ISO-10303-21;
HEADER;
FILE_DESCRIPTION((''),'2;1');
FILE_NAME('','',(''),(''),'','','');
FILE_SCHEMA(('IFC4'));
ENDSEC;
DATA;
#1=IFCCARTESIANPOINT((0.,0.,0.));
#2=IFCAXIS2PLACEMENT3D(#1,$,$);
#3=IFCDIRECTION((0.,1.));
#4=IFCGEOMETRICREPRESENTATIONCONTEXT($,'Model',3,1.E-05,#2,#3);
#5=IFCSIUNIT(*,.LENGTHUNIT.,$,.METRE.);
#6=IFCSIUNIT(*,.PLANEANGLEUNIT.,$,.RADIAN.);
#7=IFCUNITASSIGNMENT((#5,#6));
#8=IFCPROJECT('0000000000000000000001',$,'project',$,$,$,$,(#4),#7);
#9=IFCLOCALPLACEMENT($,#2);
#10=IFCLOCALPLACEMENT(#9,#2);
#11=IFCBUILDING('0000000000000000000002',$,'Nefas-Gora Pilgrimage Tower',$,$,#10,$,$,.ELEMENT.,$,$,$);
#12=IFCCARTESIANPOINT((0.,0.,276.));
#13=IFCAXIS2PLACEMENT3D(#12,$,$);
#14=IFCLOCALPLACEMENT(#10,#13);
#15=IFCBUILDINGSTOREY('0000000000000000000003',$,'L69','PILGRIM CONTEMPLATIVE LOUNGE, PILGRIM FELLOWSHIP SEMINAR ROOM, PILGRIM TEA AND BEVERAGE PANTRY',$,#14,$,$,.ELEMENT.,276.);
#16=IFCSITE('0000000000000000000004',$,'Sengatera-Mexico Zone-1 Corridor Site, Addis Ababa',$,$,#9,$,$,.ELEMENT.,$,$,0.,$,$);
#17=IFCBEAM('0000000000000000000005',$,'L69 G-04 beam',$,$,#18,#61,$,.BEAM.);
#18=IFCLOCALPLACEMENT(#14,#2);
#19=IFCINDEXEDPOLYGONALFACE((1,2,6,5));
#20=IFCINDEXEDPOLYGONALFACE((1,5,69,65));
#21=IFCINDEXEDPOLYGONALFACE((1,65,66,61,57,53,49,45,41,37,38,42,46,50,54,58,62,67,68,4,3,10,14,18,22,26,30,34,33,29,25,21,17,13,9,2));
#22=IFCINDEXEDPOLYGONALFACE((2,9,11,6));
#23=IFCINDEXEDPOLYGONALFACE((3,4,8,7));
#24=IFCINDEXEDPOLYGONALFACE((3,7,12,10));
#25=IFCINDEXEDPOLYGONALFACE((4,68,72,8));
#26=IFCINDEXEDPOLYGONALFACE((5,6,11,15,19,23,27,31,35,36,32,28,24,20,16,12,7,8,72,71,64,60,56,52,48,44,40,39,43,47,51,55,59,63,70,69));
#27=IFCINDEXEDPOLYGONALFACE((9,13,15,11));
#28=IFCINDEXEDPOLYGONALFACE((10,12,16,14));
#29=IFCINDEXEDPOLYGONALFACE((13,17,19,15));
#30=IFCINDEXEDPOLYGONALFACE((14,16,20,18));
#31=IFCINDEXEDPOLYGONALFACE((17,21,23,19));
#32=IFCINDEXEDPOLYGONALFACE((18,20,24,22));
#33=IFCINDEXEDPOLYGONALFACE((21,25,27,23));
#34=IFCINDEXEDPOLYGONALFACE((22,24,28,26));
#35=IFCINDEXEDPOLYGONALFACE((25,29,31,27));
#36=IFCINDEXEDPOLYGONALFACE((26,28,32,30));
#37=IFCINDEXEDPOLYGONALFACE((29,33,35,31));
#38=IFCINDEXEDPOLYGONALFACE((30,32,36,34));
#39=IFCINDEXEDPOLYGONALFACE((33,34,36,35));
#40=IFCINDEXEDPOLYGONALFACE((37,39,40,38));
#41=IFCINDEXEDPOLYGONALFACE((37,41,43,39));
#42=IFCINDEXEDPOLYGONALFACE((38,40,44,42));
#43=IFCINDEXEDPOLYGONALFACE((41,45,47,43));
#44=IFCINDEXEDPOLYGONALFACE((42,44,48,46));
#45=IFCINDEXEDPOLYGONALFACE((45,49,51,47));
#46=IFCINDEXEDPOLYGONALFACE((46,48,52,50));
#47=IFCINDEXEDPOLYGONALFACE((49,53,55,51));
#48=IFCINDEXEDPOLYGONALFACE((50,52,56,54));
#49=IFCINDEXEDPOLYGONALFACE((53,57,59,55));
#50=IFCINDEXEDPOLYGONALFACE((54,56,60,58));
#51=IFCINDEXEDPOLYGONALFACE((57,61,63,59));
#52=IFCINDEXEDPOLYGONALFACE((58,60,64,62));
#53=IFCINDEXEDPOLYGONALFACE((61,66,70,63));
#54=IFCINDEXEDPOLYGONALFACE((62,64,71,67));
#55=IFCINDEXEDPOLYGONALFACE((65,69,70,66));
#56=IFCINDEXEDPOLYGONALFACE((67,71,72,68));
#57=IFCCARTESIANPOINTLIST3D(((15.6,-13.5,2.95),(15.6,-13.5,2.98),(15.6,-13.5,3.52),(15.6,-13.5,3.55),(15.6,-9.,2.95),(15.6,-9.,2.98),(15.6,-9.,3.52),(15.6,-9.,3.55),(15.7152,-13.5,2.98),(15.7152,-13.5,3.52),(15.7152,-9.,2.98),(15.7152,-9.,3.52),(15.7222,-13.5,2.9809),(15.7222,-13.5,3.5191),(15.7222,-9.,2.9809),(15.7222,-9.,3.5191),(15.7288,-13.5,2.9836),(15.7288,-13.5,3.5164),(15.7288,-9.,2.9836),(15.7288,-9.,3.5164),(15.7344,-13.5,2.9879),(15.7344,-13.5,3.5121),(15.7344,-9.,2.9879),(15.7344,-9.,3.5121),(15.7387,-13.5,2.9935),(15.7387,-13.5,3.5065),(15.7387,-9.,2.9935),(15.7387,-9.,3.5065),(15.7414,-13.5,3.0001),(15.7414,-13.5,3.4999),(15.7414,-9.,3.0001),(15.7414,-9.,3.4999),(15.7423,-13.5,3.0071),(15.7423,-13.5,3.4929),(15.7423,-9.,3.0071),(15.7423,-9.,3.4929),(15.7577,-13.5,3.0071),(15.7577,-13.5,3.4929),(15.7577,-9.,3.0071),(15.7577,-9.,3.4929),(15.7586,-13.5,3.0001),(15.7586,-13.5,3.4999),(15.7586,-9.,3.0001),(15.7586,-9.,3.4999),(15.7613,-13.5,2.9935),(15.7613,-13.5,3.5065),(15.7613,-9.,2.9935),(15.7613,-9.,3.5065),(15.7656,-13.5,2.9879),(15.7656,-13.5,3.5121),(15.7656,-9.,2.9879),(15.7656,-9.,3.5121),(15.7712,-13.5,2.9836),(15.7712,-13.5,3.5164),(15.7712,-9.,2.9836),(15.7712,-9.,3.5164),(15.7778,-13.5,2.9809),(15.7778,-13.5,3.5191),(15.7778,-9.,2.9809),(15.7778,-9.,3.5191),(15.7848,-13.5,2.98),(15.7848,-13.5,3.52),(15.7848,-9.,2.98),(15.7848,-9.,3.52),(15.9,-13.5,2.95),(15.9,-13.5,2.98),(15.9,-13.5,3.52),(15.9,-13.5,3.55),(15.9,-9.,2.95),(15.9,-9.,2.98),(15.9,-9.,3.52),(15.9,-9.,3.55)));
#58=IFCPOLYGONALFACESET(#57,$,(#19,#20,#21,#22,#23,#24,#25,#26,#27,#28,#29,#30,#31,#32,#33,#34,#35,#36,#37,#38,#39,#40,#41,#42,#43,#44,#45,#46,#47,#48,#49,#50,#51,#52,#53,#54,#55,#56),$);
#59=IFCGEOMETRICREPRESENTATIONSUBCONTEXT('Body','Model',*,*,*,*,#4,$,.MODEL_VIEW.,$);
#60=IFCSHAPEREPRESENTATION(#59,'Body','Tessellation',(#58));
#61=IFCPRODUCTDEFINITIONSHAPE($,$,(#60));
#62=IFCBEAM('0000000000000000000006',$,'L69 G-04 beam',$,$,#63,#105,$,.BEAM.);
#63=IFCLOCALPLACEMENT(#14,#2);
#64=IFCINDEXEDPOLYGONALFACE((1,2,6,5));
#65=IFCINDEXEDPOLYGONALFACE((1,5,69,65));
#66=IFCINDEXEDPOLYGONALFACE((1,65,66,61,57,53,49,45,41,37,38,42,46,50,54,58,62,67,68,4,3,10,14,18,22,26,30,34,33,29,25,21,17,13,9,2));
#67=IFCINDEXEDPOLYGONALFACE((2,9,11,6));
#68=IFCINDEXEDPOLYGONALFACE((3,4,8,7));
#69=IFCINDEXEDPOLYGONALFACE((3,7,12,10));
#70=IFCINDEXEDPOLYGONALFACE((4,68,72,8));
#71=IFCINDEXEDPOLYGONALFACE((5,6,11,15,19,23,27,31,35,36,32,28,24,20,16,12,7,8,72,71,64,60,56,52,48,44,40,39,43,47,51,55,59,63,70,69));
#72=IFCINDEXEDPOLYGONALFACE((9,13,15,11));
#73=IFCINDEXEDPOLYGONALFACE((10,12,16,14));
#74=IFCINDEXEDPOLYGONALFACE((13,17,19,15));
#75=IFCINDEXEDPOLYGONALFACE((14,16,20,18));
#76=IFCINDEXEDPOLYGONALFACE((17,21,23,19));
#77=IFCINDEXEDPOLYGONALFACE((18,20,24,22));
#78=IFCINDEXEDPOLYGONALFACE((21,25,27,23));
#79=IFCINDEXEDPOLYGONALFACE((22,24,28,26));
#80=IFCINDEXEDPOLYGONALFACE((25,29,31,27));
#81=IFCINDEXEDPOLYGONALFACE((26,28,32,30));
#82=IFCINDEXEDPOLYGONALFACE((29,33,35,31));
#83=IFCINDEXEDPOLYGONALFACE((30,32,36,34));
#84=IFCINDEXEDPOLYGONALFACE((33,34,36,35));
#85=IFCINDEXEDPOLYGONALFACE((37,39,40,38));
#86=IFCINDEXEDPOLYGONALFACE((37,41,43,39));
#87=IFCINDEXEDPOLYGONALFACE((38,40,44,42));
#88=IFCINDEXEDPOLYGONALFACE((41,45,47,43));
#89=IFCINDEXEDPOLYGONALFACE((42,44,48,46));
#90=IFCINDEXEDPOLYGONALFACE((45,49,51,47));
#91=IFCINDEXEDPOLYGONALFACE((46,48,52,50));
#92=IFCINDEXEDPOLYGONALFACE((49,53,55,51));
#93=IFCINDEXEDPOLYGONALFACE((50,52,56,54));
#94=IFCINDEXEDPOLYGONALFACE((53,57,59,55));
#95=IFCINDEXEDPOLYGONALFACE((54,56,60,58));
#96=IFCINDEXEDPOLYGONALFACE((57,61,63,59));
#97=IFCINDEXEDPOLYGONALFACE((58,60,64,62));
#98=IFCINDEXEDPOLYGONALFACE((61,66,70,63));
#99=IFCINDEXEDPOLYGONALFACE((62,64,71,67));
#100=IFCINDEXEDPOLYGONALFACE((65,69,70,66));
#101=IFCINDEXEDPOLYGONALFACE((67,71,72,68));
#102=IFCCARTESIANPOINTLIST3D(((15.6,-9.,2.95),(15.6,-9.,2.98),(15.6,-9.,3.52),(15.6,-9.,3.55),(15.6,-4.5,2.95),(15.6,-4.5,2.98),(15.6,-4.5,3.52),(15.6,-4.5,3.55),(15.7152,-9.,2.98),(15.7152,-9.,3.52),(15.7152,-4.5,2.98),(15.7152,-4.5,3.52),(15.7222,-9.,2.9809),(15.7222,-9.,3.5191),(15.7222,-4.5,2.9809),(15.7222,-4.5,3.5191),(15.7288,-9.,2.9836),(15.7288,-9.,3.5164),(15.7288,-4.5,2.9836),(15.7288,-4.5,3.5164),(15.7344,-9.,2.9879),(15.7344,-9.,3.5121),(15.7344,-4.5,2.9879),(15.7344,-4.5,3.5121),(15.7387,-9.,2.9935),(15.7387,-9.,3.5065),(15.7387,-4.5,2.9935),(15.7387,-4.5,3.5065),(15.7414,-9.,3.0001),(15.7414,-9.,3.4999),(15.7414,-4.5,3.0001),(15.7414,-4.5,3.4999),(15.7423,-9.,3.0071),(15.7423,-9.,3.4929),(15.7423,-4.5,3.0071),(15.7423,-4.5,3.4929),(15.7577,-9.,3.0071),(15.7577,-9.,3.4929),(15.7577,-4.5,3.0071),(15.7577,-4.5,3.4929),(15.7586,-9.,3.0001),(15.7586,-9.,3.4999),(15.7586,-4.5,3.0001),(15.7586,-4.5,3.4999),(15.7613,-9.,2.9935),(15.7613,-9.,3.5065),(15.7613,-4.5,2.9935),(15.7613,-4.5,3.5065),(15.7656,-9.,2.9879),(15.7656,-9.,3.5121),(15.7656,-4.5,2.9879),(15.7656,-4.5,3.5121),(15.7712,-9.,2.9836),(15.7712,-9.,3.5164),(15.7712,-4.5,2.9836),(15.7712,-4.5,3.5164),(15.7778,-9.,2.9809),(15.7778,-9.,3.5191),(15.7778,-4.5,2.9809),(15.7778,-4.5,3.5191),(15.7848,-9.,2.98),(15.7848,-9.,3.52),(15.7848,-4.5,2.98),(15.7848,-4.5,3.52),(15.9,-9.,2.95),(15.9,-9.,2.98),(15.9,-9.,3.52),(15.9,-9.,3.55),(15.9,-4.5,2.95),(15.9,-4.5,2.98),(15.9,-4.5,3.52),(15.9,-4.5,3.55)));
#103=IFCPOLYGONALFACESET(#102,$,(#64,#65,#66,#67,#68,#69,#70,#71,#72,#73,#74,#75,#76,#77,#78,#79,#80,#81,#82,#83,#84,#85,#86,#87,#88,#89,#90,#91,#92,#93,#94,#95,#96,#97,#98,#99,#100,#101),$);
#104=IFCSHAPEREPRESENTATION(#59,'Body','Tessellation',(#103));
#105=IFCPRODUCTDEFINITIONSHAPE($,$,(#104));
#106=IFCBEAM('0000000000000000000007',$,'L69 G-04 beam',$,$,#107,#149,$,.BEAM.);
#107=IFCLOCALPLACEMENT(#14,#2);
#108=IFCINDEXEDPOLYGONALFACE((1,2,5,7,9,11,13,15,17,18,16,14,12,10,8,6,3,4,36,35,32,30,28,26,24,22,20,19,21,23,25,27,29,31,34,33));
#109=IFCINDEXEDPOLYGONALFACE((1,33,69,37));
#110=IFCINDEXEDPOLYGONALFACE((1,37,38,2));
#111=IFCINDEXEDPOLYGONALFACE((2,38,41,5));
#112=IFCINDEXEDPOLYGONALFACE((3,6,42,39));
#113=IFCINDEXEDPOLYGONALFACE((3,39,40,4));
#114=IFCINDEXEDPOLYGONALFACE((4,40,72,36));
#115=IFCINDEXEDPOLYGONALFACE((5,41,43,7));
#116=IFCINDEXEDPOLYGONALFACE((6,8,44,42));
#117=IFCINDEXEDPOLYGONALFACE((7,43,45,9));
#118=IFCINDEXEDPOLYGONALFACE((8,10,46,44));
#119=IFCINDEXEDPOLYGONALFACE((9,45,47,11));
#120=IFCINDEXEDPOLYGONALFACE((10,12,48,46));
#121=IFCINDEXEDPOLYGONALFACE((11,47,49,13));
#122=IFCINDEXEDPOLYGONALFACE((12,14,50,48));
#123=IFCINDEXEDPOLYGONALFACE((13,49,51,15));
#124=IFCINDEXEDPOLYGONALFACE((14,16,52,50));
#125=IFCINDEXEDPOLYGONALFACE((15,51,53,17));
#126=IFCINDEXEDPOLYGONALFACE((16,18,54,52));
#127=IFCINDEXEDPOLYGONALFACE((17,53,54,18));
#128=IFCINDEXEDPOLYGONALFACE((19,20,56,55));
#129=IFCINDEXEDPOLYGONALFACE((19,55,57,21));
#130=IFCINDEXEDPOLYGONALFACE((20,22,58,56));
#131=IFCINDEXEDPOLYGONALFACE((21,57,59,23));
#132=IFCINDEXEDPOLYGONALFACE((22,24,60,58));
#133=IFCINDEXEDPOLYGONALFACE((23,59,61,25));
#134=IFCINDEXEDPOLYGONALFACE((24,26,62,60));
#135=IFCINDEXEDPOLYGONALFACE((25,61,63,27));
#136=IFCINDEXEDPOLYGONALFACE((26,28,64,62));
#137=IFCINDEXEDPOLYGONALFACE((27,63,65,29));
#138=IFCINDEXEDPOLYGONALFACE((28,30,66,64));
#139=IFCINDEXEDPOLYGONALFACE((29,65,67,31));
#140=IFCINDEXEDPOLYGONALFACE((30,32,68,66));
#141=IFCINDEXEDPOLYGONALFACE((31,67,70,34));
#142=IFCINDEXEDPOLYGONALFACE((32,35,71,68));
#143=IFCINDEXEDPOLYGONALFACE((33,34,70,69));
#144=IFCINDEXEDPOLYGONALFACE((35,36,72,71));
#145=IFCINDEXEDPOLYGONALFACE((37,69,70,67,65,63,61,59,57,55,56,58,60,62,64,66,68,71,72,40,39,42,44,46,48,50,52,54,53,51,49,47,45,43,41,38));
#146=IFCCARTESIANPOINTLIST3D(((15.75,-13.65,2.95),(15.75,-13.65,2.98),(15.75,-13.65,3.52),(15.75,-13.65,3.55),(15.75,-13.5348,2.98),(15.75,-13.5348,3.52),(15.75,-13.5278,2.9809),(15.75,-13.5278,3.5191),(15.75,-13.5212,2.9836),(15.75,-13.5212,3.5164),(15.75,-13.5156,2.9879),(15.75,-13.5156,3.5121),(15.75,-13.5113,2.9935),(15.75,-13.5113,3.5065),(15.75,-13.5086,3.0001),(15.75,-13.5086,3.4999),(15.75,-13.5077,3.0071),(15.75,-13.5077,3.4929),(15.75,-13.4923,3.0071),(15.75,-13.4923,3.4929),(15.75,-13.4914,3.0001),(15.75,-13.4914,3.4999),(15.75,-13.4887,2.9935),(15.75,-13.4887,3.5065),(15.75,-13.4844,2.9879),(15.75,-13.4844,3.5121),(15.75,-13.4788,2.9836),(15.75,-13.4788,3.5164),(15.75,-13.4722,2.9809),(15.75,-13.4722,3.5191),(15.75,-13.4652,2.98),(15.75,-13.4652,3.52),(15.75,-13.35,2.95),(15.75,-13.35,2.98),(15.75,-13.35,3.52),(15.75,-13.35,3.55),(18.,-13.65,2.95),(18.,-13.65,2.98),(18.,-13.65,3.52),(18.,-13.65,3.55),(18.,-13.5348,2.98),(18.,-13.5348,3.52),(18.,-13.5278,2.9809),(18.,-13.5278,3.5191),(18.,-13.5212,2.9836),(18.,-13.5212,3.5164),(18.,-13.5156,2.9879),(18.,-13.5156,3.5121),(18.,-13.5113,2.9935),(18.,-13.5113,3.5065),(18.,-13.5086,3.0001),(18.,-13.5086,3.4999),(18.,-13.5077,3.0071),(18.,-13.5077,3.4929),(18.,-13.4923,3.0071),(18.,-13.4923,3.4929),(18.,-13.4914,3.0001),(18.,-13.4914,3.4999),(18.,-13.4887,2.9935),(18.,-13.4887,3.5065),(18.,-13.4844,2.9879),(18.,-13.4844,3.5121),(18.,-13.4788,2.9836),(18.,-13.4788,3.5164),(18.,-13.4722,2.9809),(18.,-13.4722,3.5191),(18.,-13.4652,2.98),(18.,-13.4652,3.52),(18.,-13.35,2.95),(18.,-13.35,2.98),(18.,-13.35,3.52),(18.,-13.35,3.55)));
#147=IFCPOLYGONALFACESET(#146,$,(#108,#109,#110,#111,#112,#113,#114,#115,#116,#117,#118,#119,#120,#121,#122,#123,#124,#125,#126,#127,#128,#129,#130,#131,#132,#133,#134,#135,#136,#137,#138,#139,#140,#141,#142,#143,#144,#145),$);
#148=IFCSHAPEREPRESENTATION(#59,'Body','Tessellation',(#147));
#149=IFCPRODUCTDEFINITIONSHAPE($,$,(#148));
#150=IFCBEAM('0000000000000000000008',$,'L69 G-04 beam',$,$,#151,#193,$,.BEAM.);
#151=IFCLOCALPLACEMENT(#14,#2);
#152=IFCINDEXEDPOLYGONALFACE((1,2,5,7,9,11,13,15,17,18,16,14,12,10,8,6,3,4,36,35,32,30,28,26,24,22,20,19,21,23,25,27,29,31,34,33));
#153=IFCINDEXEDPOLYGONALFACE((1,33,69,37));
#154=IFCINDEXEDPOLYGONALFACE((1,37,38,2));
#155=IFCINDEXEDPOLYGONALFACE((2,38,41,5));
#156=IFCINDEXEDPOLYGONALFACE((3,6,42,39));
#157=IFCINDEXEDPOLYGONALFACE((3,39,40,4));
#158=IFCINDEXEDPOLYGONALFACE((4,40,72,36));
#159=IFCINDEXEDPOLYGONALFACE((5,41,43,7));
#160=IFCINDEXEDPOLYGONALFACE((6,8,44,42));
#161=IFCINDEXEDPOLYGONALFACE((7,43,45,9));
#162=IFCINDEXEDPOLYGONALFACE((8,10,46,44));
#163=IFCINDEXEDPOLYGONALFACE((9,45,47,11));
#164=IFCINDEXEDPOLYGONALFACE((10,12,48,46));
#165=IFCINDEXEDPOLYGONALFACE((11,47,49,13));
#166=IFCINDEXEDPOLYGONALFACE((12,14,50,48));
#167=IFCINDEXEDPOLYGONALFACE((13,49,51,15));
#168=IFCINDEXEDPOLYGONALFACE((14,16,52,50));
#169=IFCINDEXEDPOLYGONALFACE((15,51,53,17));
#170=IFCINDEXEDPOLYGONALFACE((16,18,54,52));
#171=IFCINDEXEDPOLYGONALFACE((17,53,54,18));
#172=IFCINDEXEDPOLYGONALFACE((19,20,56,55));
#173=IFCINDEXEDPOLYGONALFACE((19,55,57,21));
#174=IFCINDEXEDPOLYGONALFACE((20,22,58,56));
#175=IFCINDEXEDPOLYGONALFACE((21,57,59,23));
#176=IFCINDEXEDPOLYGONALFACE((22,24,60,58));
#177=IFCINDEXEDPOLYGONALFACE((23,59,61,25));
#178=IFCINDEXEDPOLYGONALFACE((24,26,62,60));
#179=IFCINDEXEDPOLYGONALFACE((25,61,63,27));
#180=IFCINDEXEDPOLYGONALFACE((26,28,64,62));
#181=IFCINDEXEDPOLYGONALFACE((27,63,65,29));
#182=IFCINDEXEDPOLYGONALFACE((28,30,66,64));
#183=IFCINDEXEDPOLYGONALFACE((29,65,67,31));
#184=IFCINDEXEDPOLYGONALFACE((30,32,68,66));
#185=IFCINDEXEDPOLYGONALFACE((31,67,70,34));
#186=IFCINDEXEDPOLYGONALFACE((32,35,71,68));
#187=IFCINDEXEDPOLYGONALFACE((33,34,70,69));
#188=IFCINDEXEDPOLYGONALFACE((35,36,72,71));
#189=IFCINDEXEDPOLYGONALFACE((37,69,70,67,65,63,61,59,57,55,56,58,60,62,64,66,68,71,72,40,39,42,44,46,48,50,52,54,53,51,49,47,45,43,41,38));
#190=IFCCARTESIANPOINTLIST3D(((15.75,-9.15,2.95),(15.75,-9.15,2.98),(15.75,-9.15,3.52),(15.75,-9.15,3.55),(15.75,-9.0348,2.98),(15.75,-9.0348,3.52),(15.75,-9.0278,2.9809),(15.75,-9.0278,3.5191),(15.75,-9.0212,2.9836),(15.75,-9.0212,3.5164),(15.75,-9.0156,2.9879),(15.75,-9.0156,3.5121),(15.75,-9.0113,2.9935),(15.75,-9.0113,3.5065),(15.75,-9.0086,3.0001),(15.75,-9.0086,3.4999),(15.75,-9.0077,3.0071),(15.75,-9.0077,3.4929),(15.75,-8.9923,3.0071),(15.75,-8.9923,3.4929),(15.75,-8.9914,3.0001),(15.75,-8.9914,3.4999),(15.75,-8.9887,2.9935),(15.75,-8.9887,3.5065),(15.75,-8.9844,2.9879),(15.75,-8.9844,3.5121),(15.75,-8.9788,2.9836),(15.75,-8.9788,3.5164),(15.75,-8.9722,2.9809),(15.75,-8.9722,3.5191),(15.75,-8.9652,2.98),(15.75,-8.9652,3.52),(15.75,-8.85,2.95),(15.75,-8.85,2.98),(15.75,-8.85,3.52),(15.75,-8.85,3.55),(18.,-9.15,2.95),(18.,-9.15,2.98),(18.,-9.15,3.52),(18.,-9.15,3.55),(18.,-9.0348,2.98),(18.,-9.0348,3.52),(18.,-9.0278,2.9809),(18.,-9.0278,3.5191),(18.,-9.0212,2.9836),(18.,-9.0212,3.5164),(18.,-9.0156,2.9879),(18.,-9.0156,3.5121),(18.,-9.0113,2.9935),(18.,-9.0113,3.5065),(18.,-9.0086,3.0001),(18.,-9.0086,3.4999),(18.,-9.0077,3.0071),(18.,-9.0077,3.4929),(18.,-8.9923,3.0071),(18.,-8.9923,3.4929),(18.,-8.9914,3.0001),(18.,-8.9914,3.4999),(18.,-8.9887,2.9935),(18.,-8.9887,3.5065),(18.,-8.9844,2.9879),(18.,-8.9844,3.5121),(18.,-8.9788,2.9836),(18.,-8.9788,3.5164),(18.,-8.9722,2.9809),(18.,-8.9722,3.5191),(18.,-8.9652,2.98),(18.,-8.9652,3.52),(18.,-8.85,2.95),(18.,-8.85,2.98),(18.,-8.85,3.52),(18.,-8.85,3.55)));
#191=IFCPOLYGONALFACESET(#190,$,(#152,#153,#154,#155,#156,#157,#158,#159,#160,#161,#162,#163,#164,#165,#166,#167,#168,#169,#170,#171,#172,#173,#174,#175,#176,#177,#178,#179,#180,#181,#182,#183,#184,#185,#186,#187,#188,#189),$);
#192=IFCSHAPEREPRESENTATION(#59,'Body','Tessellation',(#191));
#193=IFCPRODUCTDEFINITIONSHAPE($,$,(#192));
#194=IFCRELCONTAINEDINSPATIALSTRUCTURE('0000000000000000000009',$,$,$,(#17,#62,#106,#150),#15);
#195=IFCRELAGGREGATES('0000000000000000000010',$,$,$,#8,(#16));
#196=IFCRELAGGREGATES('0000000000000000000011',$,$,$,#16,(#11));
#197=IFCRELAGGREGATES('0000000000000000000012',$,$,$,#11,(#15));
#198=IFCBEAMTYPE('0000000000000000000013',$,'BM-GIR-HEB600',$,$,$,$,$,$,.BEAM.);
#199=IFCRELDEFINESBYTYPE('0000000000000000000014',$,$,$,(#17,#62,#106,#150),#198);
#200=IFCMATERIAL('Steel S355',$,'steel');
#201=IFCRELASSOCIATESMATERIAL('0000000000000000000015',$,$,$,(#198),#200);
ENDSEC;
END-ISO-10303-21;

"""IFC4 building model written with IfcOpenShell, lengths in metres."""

from ifc_helpers import new_model, si_unit, direction, frame, origin, origin_2d, place, context, subcontext, project, spatial, i_section, extrude, source, transform, mapped, material, material_profile, profile_set, type_object, element, save


model = new_model("IFC4")

# Units and contexts
model_context = context("Model", 3, precision=1e-05, world=origin(), true_north=direction((0.0, 1.0)))
body_context = subcontext(model_context, "Body", "Model", "MODEL_VIEW")
ifc_project = project(units=[si_unit("LENGTHUNIT", "METRE"), si_unit("PLANEANGLEUNIT", "RADIAN")], contexts=[model_context])

# Site, building, storey
site_placement = place(None, origin())
site = spatial("IfcSite", under=ifc_project, at=site_placement, Name="Sengatera-Mexico Zone-1 Corridor Site, Addis Ababa", CompositionType="ELEMENT", RefElevation=0.0)
building_placement = place(site_placement, origin())
building = spatial("IfcBuilding", under=site, at=building_placement, Name="Nefas-Gora Pilgrimage Tower", CompositionType="ELEMENT")
storey_placement = place(building_placement, frame((0.0, 0.0, 276.0)))
storey = spatial("IfcBuildingStorey", under=building, at=storey_placement, Name="L69", Description="PILGRIM CONTEMPLATIVE LOUNGE, PILGRIM FELLOWSHIP SEMINAR ROOM, PILGRIM TEA AND BEVERAGE PANTRY", CompositionType="ELEMENT", Elevation=276.0)

# Shared definitions
ifc_material_1 = material(Name="Steel S355", Category="steel")

# Beams
ifc_material_profile_1 = material_profile(ifc_material_1, i_section(OverallWidth=0.3, OverallDepth=0.6001, WebThickness=0.0154, FlangeThickness=0.03, FilletRadius=0.0271, at=origin_2d()), Name="HEB 600")
ifc_profile_set_1 = profile_set([ifc_material_profile_1], Name="Steel S355")
beam_type_1 = type_object("IfcBeamType", Name="BM-GIR-HEB600", PredefinedType="BEAM", material=ifc_profile_set_1)
shared_shape_1 = source(origin(), body_context, "Body", "SweptSolid", [
    extrude(i_section(OverallWidth=0.3, OverallDepth=0.6001, WebThickness=0.0154, FlangeThickness=0.03, FilletRadius=0.0271, at=origin_2d()), origin(), (0.0, 0.0, 1.0), 4.5),
])
for number, where, z_axis, x_axis, name in (
    (1, (15.75, -13.5, 3.25), (0.0, 1.0, 0.0), (-1.0, 0.0, 0.0), "L69 G-04 beam"),
    (2, (15.75, -9.0, 3.25), (0.0, 1.0, 0.0), (-1.0, 0.0, 0.0), "L69 G-04 beam"),
):
    element("IfcBeam", number, at=place(storey_placement, frame(where, z_axis=z_axis, x_axis=x_axis)), inside=storey, type_object=beam_type_1, Name=name, PredefinedType="BEAM", context=body_context, shape_type="MappedRepresentation", body=[
        mapped(shared_shape_1, transform((0.0, 0.0, 0.0), x_axis=(1.0, 0.0, 0.0), y_axis=(0.0, 1.0, 0.0), z_axis=(0.0, 0.0, 1.0), scale=1.0)),
    ])
shared_shape_2 = source(origin(), body_context, "Body", "SweptSolid", [
    extrude(i_section(OverallWidth=0.3, OverallDepth=0.6001, WebThickness=0.0154, FlangeThickness=0.03, FilletRadius=0.0271, at=origin_2d()), origin(), (0.0, 0.0, 1.0), 2.25),
])
for number, where, z_axis, x_axis, name in (
    (3, (15.75, -13.5, 3.25), (1.0, 0.0, 0.0), (0.0, 1.0, 0.0), "L69 G-04 beam"),
    (4, (15.75, -9.0, 3.25), (1.0, 0.0, 0.0), (0.0, 1.0, 0.0), "L69 G-04 beam"),
):
    element("IfcBeam", number, at=place(storey_placement, frame(where, z_axis=z_axis, x_axis=x_axis)), inside=storey, type_object=beam_type_1, Name=name, PredefinedType="BEAM", context=body_context, shape_type="MappedRepresentation", body=[
        mapped(shared_shape_2, transform((0.0, 0.0, 0.0), x_axis=(1.0, 0.0, 0.0), y_axis=(0.0, 1.0, 0.0), z_axis=(0.0, 0.0, 1.0), scale=1.0)),
    ])

save(model, "model.ifc")
